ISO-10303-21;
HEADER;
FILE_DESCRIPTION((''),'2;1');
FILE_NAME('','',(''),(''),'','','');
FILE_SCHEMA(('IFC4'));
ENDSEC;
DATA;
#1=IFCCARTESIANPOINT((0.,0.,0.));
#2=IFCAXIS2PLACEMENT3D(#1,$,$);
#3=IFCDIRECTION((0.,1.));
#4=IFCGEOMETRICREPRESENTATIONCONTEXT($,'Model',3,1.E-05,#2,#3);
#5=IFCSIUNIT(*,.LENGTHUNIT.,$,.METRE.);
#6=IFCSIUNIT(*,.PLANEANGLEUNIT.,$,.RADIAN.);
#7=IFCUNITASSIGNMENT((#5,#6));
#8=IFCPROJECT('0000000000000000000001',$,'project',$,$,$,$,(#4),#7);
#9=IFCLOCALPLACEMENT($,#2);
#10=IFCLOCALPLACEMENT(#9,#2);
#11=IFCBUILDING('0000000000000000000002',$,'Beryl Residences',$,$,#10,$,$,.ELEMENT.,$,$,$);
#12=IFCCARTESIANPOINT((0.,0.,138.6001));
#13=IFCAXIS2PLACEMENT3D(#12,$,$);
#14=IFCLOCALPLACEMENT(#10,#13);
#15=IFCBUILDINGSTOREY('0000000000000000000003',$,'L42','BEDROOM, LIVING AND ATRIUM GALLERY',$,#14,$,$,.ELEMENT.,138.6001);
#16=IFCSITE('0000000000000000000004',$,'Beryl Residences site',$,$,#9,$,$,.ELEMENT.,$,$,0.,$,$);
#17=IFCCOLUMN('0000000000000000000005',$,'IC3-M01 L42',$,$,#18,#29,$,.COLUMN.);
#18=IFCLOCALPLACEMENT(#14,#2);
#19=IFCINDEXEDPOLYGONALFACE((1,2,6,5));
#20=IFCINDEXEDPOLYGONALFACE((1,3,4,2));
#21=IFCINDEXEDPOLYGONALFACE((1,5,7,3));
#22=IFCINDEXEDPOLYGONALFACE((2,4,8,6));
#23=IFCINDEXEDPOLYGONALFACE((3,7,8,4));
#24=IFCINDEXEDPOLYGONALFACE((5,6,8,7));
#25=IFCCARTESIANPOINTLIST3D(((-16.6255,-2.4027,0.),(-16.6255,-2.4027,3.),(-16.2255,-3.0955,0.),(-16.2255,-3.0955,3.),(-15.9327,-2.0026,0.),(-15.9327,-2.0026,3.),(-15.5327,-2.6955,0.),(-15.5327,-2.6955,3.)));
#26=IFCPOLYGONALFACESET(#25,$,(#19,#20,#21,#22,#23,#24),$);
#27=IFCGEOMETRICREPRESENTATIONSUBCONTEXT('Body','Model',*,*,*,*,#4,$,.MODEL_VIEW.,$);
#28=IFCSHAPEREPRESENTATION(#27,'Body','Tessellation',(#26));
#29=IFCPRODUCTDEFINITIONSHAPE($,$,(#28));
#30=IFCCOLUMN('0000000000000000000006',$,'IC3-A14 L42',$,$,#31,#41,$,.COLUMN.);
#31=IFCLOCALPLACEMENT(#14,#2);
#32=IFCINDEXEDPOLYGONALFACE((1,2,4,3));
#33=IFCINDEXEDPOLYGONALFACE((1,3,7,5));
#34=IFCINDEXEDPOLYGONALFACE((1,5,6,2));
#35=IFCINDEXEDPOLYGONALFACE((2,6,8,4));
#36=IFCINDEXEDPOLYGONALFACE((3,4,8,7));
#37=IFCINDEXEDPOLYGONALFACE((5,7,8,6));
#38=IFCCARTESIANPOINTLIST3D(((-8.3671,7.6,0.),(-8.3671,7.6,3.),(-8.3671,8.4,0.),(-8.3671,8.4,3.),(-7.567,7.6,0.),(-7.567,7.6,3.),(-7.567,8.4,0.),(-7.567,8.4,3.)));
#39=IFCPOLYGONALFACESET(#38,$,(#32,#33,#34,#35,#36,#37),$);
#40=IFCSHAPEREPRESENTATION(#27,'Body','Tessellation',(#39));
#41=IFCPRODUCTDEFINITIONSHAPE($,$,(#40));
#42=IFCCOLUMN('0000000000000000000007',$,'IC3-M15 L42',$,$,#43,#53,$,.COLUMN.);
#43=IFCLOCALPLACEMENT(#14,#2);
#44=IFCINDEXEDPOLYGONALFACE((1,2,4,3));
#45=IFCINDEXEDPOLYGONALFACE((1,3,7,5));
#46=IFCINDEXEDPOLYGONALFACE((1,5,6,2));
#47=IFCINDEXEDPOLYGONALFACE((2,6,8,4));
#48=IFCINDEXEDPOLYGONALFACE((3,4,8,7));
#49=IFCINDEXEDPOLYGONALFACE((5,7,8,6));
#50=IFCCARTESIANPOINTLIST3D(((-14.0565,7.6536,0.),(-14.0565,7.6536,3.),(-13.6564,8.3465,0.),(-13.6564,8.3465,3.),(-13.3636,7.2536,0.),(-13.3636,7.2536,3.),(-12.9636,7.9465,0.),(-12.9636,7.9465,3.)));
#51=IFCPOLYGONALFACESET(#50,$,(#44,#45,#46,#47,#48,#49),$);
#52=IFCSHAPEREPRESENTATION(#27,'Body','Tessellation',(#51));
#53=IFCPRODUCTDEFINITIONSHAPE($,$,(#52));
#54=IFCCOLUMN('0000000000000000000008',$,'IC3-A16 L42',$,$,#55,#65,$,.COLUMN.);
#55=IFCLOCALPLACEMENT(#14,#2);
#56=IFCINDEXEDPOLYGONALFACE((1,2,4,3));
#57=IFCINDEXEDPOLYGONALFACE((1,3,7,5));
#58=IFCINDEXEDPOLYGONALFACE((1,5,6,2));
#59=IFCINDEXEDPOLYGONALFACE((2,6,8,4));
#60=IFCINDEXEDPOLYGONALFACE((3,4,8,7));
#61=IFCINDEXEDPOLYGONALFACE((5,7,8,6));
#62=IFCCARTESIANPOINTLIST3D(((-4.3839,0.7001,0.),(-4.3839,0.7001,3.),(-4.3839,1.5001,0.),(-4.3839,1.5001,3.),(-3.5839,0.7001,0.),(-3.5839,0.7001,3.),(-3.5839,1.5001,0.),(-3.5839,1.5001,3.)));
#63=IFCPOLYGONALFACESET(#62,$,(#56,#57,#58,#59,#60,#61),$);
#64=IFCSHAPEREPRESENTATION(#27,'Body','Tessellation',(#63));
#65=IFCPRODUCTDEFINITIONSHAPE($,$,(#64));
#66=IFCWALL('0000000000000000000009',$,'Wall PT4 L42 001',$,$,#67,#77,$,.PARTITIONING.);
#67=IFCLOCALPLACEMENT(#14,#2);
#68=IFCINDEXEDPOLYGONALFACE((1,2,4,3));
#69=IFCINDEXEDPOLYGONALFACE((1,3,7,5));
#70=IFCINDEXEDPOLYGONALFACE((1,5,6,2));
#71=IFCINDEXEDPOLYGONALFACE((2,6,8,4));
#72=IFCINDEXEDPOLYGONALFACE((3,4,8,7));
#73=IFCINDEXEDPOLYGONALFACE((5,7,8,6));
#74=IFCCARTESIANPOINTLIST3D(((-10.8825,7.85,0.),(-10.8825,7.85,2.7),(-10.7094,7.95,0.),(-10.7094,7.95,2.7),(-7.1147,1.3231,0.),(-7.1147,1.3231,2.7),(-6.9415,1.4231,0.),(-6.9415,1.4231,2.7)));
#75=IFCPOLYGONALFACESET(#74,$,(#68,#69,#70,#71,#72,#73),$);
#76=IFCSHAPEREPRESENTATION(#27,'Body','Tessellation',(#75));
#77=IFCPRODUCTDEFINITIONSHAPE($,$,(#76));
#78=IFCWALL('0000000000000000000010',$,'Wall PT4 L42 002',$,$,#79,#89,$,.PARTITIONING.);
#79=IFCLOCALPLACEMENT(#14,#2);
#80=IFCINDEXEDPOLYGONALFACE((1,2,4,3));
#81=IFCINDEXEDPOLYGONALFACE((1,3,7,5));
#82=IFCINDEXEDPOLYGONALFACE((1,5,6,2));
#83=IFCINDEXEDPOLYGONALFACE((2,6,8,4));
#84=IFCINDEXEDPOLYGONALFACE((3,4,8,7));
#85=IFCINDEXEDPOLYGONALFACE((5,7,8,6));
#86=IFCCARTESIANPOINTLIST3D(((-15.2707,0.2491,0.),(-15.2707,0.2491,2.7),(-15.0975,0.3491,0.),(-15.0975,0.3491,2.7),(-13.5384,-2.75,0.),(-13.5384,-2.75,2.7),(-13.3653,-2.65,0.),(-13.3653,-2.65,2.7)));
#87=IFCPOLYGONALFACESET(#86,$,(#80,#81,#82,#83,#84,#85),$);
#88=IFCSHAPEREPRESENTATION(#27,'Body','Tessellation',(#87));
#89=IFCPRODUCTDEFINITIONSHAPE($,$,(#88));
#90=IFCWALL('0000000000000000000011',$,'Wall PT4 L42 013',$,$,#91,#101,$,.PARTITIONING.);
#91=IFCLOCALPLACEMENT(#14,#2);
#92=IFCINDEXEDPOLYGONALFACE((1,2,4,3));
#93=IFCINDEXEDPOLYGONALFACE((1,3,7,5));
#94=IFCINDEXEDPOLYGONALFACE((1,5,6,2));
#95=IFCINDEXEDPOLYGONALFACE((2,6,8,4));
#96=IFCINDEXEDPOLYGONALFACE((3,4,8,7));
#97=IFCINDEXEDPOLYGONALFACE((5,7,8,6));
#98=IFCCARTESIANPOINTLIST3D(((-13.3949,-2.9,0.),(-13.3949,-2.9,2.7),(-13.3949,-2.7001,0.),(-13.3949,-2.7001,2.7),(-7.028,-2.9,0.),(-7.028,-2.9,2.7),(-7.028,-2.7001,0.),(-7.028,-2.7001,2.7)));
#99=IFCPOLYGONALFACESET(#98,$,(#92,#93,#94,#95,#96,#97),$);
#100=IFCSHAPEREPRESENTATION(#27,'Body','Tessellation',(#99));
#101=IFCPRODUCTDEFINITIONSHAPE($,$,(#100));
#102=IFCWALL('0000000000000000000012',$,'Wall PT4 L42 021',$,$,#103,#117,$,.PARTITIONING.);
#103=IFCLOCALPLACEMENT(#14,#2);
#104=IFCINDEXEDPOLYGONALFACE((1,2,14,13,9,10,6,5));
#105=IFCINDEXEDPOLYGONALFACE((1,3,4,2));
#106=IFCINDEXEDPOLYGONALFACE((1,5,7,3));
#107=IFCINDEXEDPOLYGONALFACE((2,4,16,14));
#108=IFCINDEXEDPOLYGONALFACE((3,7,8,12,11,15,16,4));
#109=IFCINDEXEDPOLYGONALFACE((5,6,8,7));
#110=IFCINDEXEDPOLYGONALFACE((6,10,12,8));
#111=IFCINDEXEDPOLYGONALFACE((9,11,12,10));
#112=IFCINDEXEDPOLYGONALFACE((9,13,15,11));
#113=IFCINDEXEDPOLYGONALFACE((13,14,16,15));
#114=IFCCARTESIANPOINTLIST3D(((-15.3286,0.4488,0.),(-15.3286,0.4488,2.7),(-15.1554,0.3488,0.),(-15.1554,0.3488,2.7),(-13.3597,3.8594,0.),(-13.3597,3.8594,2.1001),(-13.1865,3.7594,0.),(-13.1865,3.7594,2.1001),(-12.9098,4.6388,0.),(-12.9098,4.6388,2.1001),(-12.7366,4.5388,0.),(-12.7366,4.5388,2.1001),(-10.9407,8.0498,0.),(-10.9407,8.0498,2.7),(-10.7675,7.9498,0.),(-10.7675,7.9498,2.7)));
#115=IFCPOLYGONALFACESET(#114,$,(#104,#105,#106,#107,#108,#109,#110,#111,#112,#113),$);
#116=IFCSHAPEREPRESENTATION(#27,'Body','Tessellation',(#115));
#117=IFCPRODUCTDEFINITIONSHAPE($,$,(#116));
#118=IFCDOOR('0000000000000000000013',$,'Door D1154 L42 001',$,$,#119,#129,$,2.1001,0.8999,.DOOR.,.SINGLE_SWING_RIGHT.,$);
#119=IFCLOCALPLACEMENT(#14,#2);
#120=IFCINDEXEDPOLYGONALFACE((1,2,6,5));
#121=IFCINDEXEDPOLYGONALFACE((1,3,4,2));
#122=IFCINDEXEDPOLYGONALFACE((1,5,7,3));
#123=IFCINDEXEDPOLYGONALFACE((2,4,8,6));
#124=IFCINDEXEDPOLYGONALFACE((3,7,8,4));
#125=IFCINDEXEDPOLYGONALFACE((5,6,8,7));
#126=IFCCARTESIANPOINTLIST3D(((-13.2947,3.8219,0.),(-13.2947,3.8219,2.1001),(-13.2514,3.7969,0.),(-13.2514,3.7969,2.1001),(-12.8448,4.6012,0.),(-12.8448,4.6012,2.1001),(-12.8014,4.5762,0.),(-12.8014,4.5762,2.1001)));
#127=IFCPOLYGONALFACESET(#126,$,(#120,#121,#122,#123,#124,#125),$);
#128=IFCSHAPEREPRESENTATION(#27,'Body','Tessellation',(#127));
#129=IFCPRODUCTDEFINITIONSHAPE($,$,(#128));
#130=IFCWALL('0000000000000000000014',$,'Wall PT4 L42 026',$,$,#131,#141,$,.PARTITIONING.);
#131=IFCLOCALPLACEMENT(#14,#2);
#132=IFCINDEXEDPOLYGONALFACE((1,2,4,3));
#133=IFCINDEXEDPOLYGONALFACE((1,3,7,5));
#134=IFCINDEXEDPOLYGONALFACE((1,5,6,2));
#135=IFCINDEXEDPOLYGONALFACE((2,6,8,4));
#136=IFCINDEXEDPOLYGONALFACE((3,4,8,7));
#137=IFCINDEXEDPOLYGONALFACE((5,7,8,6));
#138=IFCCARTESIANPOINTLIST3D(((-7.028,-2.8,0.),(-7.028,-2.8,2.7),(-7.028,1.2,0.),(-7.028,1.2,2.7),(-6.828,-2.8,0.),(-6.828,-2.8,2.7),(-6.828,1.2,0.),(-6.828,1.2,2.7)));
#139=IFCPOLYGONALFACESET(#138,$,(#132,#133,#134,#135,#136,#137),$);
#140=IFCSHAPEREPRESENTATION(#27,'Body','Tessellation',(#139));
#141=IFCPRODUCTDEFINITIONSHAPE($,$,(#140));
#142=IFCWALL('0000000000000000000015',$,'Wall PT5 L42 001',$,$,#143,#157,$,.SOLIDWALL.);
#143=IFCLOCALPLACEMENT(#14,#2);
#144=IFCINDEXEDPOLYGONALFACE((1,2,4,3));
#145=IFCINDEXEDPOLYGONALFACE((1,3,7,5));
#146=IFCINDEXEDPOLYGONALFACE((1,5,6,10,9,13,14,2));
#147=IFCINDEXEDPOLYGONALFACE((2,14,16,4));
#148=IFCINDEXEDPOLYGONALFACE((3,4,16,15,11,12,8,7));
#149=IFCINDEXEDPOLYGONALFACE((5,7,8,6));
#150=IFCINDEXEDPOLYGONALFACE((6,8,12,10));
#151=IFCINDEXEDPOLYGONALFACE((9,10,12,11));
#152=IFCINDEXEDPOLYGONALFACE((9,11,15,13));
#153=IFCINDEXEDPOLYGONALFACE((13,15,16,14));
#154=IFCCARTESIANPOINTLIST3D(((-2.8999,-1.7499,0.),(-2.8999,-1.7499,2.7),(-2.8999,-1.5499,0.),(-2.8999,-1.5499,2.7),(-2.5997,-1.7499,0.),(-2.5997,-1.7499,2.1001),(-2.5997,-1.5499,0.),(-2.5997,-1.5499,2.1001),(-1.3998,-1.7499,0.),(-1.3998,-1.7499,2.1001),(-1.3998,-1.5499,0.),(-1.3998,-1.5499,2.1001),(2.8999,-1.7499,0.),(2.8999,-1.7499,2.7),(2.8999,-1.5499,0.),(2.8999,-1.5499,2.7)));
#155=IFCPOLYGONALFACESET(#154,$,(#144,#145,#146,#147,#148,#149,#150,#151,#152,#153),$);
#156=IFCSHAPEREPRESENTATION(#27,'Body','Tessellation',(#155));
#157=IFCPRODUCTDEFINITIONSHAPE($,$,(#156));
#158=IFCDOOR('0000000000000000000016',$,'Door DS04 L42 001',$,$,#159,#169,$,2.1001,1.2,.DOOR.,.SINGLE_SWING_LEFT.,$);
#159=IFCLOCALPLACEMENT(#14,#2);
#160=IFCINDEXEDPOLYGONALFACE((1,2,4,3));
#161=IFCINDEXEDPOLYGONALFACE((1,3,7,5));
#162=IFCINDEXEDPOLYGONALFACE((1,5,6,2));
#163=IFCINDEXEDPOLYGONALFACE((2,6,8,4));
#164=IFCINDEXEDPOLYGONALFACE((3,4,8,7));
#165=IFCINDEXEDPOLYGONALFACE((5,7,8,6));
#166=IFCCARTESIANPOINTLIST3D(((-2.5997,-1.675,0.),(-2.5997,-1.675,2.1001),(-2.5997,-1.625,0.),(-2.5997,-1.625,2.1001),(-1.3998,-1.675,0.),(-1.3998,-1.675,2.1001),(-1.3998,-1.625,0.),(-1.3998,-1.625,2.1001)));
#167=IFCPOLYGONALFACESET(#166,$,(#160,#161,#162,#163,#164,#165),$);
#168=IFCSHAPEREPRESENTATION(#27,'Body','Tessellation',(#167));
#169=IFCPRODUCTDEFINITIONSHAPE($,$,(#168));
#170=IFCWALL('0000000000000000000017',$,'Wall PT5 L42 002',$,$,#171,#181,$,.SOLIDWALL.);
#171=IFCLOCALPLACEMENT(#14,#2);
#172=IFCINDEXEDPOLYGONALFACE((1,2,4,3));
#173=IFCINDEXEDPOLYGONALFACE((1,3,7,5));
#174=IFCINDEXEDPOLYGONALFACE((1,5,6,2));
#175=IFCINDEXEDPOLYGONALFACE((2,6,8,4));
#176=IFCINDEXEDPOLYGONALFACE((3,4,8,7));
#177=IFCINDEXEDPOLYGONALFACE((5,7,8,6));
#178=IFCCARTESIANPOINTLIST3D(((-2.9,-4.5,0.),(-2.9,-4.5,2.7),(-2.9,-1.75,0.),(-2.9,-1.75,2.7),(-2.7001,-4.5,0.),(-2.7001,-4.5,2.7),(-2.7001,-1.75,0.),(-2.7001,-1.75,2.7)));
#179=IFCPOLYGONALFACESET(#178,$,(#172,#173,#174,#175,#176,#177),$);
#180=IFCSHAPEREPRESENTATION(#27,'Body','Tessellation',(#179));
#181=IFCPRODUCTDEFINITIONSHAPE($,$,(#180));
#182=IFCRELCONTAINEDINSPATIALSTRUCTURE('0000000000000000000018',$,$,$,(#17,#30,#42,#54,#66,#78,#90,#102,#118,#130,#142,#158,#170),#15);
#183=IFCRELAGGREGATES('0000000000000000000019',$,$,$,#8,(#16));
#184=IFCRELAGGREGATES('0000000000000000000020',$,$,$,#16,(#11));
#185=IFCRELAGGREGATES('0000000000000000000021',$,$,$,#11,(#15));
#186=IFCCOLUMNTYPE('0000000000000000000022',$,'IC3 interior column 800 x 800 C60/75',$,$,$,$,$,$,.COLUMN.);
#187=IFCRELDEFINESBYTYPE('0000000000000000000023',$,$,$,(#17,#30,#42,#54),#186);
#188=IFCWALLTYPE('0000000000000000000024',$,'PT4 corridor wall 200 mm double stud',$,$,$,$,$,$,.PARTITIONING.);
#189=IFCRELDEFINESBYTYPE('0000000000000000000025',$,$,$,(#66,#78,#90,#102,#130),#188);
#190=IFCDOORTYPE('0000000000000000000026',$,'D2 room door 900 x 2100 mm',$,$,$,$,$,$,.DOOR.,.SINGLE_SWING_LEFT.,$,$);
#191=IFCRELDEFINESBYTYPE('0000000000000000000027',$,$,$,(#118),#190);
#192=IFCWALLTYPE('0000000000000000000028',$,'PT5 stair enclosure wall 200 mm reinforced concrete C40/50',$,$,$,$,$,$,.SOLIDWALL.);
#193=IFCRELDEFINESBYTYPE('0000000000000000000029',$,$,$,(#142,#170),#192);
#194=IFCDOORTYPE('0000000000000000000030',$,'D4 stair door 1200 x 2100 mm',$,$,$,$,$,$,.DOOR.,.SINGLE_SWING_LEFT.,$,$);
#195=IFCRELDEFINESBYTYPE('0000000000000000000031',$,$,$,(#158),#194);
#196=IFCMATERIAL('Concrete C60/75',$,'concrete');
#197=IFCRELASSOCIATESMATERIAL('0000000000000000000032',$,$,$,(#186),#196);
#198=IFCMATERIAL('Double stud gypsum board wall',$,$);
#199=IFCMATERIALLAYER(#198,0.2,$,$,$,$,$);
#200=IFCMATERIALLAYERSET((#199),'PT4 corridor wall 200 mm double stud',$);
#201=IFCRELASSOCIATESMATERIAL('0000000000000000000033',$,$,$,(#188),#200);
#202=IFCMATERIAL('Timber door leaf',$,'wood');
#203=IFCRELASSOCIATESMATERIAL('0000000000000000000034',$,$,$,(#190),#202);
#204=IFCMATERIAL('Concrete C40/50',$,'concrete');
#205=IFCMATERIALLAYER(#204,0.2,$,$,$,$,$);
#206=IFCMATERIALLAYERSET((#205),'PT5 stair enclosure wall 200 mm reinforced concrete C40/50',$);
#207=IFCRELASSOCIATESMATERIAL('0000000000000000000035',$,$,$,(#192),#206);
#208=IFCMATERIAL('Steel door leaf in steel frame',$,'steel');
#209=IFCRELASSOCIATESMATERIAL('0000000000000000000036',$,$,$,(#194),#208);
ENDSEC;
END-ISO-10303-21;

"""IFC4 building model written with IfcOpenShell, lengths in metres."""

from ifc_helpers import new_model, si_unit, direction, frame, frame_2d, origin, origin_2d, place, context, subcontext, project, spatial, rectangle, extrude, material, layer, layer_set, material_profile, profile_set, type_object, element, fill, save


model = new_model("IFC4")

# Units and contexts
model_context = context("Model", 3, precision=1e-05, world=origin(), true_north=direction((0.0, 1.0)))
body_context = subcontext(model_context, "Body", "Model", "MODEL_VIEW")
ifc_project = project(units=[si_unit("LENGTHUNIT", "METRE"), si_unit("PLANEANGLEUNIT", "RADIAN")], contexts=[model_context])

# Site, building, storey
site_placement = place(None, origin())
site = spatial("IfcSite", under=ifc_project, at=site_placement, Name="Beryl Residences site", CompositionType="ELEMENT", RefElevation=0.0)
building_placement = place(site_placement, origin())
building = spatial("IfcBuilding", under=site, at=building_placement, Name="Beryl Residences", CompositionType="ELEMENT")
storey_placement = place(building_placement, frame((0.0, 0.0, 138.6001)))
storey = spatial("IfcBuildingStorey", under=building, at=storey_placement, Name="L42", Description="BEDROOM, LIVING AND ATRIUM GALLERY", CompositionType="ELEMENT", Elevation=138.6001)

# Columns
ifc_material_1 = material(Name="Concrete C60/75", Category="concrete")
ifc_material_profile = material_profile(ifc_material_1, rectangle(XDim=0.8, YDim=0.8, at=origin_2d()))
ifc_profile_set = profile_set([ifc_material_profile], Name="Concrete C60/75")
column_type = type_object("IfcColumnType", Name="IC3 interior column 800 x 800 C60/75", PredefinedType="COLUMN", material=ifc_profile_set)
for number, where, z_axis, x_axis, name in (
    (1, (-16.0791, -2.5491, 0.0), (0.0, 0.0, 1.0), (0.5, -0.866025, 0.0), "IC3-M01 L42"),
    (2, (-7.967, 8.0, 0.0), (0.0, 0.0, 1.0), (1.0, 0.0, 0.0), "IC3-A14 L42"),
    (3, (-13.51, 7.8, 0.0), (0.0, 0.0, 1.0), (-0.5, -0.866025, 0.0), "IC3-M15 L42"),
    (4, (-3.9839, 1.1001, 0.0), (0.0, 0.0, 1.0), (1.0, 0.0, 0.0), "IC3-A16 L42"),
):
    element("IfcColumn", number, at=place(storey_placement, frame(where, z_axis=z_axis, x_axis=x_axis)), inside=storey, type_object=column_type, Name=name, PredefinedType="COLUMN", context=body_context, shape_type="SweptSolid", body=[
        extrude(rectangle(XDim=0.8, YDim=0.8, at=origin_2d()), origin(), (0.0, 0.0, 1.0), 3.0),
    ])

# Walls
ifc_material_2 = material(Name="Double stud gypsum board wall")
ifc_layer_1 = layer(ifc_material_2, 0.2)
ifc_layer_set_1 = layer_set([ifc_layer_1], Name="PT4 corridor wall 200 mm double stud")
wall_type_1 = type_object("IfcWallType", Name="PT4 corridor wall 200 mm double stud", PredefinedType="PARTITIONING", material=ifc_layer_set_1)
wall_1_placement = place(storey_placement, frame((-10.7959, 7.8999, 0.0), z_axis=(0.0, 0.0, 1.0), x_axis=(0.499954, -0.866052, 0.0)))
element("IfcWall", 5, at=wall_1_placement, inside=storey, type_object=wall_type_1, Name="Wall PT4 L42 001", PredefinedType="PARTITIONING", context=body_context, shape_type="SweptSolid", body=[
    extrude(rectangle(XDim=7.5364, YDim=0.2, at=frame_2d((3.7681, 0.0))), origin(), (0.0, 0.0, 1.0), 2.7),
])
wall_2_placement = place(storey_placement, frame((-15.1841, 0.2991, 0.0), z_axis=(0.0, 0.0, 1.0), x_axis=(0.50015, -0.865939, 0.0)))
element("IfcWall", 6, at=wall_2_placement, inside=storey, type_object=wall_type_1, Name="Wall PT4 L42 002", PredefinedType="PARTITIONING", context=body_context, shape_type="SweptSolid", body=[
    extrude(rectangle(XDim=3.4634, YDim=0.2, at=frame_2d((1.7317, 0.0))), origin(), (0.0, 0.0, 1.0), 2.7),
])
wall_3_placement = place(storey_placement, frame((-13.395, -2.8, 0.0), z_axis=(0.0, 0.0, 1.0), x_axis=(1.0, 0.0, 0.0)))
element("IfcWall", 7, at=wall_3_placement, inside=storey, type_object=wall_type_1, Name="Wall PT4 L42 013", PredefinedType="PARTITIONING", context=body_context, shape_type="SweptSolid", body=[
    extrude(rectangle(XDim=6.3669, YDim=0.2, at=frame_2d((3.1836, 0.0))), origin(), (0.0, 0.0, 1.0), 2.7),
])

# Wall, opening, door
wall_4_placement = place(storey_placement, frame((-15.2419, 0.3989, 0.0), z_axis=(0.0, 0.0, 1.0), x_axis=(0.499954, 0.866052, 0.0)))
wall_4 = element("IfcWall", 8, at=wall_4_placement, inside=storey, type_object=wall_type_1, Name="Wall PT4 L42 021", PredefinedType="PARTITIONING", context=body_context, shape_type="SweptSolid", body=[
    extrude(rectangle(XDim=8.7766, YDim=0.2, at=frame_2d((4.3882, 0.0))), origin(), (0.0, 0.0, 1.0), 2.7),
])
opening_1_placement = place(wall_4_placement, frame((3.938, 0.0, 0.0)))
opening_1 = element("IfcOpeningElement", 9, at=opening_1_placement, cuts=wall_4, PredefinedType="OPENING", context=body_context, shape_type="SweptSolid", body=[
    extrude(rectangle(XDim=0.8999, YDim=2.1001, at=frame_2d((0.45, 1.05))), frame((0.0, 0.1099, 0.0), z_axis=(0.0, -1.0, 0.0), x_axis=(1.0, 0.0, 0.0)), (0.0, 0.0, 1.0), 0.22),
])
ifc_material_3 = material(Name="Timber door leaf", Category="wood")
door_type_1 = type_object("IfcDoorType", Name="D2 room door 900 x 2100 mm", OperationType="SINGLE_SWING_LEFT", PredefinedType="DOOR", material=ifc_material_3)
door_1_placement = place(opening_1_placement, origin())
door_1 = element("IfcDoor", 10, at=door_1_placement, inside=storey, type_object=door_type_1, Name="Door D1154 L42 001", OperationType="SINGLE_SWING_RIGHT", OverallHeight=2.1001, OverallWidth=0.8999, PredefinedType="DOOR", context=body_context, shape_type="SweptSolid", body=[
    extrude(rectangle(XDim=0.8999, YDim=2.1001, at=frame_2d((0.45, 1.05))), frame((0.0, 0.0249, 0.0), z_axis=(0.0, -1.0, 0.0), x_axis=(1.0, 0.0, 0.0)), (0.0, 0.0, 1.0), 0.05),
])
fill(opening_1, door_1)

# Wall
wall_5_placement = place(storey_placement, frame((-6.928, -2.8, 0.0), z_axis=(0.0, 0.0, 1.0), x_axis=(0.0, 1.0, 0.0)))
element("IfcWall", 11, at=wall_5_placement, inside=storey, type_object=wall_type_1, Name="Wall PT4 L42 026", PredefinedType="PARTITIONING", context=body_context, shape_type="SweptSolid", body=[
    extrude(rectangle(XDim=4.0, YDim=0.2, at=frame_2d((2.0, 0.0))), origin(), (0.0, 0.0, 1.0), 2.7),
])

# Wall, opening, door
ifc_material_4 = material(Name="Concrete C40/50", Category="concrete")
ifc_layer_2 = layer(ifc_material_4, 0.2)
ifc_layer_set_2 = layer_set([ifc_layer_2], Name="PT5 stair enclosure wall 200 mm reinforced concrete C40/50")
wall_type_2 = type_object("IfcWallType", Name="PT5 stair enclosure wall 200 mm reinforced concrete C40/50", PredefinedType="SOLIDWALL", material=ifc_layer_set_2)
wall_6_placement = place(storey_placement, frame((-2.8999, -1.6499, 0.0), z_axis=(0.0, 0.0, 1.0), x_axis=(1.0, 0.0, 0.0)))
wall_6 = element("IfcWall", 12, at=wall_6_placement, inside=storey, type_object=wall_type_2, Name="Wall PT5 L42 001", PredefinedType="SOLIDWALL", context=body_context, shape_type="SweptSolid", body=[
    extrude(rectangle(XDim=5.7998, YDim=0.2, at=frame_2d((2.8999, 0.0))), origin(), (0.0, 0.0, 1.0), 2.7),
])
opening_2_placement = place(wall_6_placement, frame((0.3, 0.0, 0.0)))
opening_2 = element("IfcOpeningElement", 13, at=opening_2_placement, cuts=wall_6, PredefinedType="OPENING", context=body_context, shape_type="SweptSolid", body=[
    extrude(rectangle(XDim=1.2, YDim=2.1001, at=frame_2d((0.6001, 1.05))), frame((0.0, 0.1099, 0.0), z_axis=(0.0, -1.0, 0.0), x_axis=(1.0, 0.0, 0.0)), (0.0, 0.0, 1.0), 0.22),
])
ifc_material_5 = material(Name="Steel door leaf in steel frame", Category="steel")
door_type_2 = type_object("IfcDoorType", Name="D4 stair door 1200 x 2100 mm", OperationType="SINGLE_SWING_LEFT", PredefinedType="DOOR", material=ifc_material_5)
door_2_placement = place(opening_2_placement, origin())
door_2 = element("IfcDoor", 14, at=door_2_placement, inside=storey, type_object=door_type_2, Name="Door DS04 L42 001", OperationType="SINGLE_SWING_LEFT", OverallHeight=2.1001, OverallWidth=1.2, PredefinedType="DOOR", context=body_context, shape_type="SweptSolid", body=[
    extrude(rectangle(XDim=1.2, YDim=2.1001, at=frame_2d((0.6001, 1.05))), frame((0.0, 0.0249, 0.0), z_axis=(0.0, -1.0, 0.0), x_axis=(1.0, 0.0, 0.0)), (0.0, 0.0, 1.0), 0.05),
])
fill(opening_2, door_2)

# Wall
wall_7_placement = place(storey_placement, frame((-2.8, -4.5, 0.0), z_axis=(0.0, 0.0, 1.0), x_axis=(0.0, 1.0, 0.0)))
element("IfcWall", 15, at=wall_7_placement, inside=storey, type_object=wall_type_2, Name="Wall PT5 L42 002", PredefinedType="SOLIDWALL", context=body_context, shape_type="SweptSolid", body=[
    extrude(rectangle(XDim=2.75, YDim=0.2, at=frame_2d((1.375, 0.0))), origin(), (0.0, 0.0, 1.0), 2.7),
])

save(model, "model.ifc")
